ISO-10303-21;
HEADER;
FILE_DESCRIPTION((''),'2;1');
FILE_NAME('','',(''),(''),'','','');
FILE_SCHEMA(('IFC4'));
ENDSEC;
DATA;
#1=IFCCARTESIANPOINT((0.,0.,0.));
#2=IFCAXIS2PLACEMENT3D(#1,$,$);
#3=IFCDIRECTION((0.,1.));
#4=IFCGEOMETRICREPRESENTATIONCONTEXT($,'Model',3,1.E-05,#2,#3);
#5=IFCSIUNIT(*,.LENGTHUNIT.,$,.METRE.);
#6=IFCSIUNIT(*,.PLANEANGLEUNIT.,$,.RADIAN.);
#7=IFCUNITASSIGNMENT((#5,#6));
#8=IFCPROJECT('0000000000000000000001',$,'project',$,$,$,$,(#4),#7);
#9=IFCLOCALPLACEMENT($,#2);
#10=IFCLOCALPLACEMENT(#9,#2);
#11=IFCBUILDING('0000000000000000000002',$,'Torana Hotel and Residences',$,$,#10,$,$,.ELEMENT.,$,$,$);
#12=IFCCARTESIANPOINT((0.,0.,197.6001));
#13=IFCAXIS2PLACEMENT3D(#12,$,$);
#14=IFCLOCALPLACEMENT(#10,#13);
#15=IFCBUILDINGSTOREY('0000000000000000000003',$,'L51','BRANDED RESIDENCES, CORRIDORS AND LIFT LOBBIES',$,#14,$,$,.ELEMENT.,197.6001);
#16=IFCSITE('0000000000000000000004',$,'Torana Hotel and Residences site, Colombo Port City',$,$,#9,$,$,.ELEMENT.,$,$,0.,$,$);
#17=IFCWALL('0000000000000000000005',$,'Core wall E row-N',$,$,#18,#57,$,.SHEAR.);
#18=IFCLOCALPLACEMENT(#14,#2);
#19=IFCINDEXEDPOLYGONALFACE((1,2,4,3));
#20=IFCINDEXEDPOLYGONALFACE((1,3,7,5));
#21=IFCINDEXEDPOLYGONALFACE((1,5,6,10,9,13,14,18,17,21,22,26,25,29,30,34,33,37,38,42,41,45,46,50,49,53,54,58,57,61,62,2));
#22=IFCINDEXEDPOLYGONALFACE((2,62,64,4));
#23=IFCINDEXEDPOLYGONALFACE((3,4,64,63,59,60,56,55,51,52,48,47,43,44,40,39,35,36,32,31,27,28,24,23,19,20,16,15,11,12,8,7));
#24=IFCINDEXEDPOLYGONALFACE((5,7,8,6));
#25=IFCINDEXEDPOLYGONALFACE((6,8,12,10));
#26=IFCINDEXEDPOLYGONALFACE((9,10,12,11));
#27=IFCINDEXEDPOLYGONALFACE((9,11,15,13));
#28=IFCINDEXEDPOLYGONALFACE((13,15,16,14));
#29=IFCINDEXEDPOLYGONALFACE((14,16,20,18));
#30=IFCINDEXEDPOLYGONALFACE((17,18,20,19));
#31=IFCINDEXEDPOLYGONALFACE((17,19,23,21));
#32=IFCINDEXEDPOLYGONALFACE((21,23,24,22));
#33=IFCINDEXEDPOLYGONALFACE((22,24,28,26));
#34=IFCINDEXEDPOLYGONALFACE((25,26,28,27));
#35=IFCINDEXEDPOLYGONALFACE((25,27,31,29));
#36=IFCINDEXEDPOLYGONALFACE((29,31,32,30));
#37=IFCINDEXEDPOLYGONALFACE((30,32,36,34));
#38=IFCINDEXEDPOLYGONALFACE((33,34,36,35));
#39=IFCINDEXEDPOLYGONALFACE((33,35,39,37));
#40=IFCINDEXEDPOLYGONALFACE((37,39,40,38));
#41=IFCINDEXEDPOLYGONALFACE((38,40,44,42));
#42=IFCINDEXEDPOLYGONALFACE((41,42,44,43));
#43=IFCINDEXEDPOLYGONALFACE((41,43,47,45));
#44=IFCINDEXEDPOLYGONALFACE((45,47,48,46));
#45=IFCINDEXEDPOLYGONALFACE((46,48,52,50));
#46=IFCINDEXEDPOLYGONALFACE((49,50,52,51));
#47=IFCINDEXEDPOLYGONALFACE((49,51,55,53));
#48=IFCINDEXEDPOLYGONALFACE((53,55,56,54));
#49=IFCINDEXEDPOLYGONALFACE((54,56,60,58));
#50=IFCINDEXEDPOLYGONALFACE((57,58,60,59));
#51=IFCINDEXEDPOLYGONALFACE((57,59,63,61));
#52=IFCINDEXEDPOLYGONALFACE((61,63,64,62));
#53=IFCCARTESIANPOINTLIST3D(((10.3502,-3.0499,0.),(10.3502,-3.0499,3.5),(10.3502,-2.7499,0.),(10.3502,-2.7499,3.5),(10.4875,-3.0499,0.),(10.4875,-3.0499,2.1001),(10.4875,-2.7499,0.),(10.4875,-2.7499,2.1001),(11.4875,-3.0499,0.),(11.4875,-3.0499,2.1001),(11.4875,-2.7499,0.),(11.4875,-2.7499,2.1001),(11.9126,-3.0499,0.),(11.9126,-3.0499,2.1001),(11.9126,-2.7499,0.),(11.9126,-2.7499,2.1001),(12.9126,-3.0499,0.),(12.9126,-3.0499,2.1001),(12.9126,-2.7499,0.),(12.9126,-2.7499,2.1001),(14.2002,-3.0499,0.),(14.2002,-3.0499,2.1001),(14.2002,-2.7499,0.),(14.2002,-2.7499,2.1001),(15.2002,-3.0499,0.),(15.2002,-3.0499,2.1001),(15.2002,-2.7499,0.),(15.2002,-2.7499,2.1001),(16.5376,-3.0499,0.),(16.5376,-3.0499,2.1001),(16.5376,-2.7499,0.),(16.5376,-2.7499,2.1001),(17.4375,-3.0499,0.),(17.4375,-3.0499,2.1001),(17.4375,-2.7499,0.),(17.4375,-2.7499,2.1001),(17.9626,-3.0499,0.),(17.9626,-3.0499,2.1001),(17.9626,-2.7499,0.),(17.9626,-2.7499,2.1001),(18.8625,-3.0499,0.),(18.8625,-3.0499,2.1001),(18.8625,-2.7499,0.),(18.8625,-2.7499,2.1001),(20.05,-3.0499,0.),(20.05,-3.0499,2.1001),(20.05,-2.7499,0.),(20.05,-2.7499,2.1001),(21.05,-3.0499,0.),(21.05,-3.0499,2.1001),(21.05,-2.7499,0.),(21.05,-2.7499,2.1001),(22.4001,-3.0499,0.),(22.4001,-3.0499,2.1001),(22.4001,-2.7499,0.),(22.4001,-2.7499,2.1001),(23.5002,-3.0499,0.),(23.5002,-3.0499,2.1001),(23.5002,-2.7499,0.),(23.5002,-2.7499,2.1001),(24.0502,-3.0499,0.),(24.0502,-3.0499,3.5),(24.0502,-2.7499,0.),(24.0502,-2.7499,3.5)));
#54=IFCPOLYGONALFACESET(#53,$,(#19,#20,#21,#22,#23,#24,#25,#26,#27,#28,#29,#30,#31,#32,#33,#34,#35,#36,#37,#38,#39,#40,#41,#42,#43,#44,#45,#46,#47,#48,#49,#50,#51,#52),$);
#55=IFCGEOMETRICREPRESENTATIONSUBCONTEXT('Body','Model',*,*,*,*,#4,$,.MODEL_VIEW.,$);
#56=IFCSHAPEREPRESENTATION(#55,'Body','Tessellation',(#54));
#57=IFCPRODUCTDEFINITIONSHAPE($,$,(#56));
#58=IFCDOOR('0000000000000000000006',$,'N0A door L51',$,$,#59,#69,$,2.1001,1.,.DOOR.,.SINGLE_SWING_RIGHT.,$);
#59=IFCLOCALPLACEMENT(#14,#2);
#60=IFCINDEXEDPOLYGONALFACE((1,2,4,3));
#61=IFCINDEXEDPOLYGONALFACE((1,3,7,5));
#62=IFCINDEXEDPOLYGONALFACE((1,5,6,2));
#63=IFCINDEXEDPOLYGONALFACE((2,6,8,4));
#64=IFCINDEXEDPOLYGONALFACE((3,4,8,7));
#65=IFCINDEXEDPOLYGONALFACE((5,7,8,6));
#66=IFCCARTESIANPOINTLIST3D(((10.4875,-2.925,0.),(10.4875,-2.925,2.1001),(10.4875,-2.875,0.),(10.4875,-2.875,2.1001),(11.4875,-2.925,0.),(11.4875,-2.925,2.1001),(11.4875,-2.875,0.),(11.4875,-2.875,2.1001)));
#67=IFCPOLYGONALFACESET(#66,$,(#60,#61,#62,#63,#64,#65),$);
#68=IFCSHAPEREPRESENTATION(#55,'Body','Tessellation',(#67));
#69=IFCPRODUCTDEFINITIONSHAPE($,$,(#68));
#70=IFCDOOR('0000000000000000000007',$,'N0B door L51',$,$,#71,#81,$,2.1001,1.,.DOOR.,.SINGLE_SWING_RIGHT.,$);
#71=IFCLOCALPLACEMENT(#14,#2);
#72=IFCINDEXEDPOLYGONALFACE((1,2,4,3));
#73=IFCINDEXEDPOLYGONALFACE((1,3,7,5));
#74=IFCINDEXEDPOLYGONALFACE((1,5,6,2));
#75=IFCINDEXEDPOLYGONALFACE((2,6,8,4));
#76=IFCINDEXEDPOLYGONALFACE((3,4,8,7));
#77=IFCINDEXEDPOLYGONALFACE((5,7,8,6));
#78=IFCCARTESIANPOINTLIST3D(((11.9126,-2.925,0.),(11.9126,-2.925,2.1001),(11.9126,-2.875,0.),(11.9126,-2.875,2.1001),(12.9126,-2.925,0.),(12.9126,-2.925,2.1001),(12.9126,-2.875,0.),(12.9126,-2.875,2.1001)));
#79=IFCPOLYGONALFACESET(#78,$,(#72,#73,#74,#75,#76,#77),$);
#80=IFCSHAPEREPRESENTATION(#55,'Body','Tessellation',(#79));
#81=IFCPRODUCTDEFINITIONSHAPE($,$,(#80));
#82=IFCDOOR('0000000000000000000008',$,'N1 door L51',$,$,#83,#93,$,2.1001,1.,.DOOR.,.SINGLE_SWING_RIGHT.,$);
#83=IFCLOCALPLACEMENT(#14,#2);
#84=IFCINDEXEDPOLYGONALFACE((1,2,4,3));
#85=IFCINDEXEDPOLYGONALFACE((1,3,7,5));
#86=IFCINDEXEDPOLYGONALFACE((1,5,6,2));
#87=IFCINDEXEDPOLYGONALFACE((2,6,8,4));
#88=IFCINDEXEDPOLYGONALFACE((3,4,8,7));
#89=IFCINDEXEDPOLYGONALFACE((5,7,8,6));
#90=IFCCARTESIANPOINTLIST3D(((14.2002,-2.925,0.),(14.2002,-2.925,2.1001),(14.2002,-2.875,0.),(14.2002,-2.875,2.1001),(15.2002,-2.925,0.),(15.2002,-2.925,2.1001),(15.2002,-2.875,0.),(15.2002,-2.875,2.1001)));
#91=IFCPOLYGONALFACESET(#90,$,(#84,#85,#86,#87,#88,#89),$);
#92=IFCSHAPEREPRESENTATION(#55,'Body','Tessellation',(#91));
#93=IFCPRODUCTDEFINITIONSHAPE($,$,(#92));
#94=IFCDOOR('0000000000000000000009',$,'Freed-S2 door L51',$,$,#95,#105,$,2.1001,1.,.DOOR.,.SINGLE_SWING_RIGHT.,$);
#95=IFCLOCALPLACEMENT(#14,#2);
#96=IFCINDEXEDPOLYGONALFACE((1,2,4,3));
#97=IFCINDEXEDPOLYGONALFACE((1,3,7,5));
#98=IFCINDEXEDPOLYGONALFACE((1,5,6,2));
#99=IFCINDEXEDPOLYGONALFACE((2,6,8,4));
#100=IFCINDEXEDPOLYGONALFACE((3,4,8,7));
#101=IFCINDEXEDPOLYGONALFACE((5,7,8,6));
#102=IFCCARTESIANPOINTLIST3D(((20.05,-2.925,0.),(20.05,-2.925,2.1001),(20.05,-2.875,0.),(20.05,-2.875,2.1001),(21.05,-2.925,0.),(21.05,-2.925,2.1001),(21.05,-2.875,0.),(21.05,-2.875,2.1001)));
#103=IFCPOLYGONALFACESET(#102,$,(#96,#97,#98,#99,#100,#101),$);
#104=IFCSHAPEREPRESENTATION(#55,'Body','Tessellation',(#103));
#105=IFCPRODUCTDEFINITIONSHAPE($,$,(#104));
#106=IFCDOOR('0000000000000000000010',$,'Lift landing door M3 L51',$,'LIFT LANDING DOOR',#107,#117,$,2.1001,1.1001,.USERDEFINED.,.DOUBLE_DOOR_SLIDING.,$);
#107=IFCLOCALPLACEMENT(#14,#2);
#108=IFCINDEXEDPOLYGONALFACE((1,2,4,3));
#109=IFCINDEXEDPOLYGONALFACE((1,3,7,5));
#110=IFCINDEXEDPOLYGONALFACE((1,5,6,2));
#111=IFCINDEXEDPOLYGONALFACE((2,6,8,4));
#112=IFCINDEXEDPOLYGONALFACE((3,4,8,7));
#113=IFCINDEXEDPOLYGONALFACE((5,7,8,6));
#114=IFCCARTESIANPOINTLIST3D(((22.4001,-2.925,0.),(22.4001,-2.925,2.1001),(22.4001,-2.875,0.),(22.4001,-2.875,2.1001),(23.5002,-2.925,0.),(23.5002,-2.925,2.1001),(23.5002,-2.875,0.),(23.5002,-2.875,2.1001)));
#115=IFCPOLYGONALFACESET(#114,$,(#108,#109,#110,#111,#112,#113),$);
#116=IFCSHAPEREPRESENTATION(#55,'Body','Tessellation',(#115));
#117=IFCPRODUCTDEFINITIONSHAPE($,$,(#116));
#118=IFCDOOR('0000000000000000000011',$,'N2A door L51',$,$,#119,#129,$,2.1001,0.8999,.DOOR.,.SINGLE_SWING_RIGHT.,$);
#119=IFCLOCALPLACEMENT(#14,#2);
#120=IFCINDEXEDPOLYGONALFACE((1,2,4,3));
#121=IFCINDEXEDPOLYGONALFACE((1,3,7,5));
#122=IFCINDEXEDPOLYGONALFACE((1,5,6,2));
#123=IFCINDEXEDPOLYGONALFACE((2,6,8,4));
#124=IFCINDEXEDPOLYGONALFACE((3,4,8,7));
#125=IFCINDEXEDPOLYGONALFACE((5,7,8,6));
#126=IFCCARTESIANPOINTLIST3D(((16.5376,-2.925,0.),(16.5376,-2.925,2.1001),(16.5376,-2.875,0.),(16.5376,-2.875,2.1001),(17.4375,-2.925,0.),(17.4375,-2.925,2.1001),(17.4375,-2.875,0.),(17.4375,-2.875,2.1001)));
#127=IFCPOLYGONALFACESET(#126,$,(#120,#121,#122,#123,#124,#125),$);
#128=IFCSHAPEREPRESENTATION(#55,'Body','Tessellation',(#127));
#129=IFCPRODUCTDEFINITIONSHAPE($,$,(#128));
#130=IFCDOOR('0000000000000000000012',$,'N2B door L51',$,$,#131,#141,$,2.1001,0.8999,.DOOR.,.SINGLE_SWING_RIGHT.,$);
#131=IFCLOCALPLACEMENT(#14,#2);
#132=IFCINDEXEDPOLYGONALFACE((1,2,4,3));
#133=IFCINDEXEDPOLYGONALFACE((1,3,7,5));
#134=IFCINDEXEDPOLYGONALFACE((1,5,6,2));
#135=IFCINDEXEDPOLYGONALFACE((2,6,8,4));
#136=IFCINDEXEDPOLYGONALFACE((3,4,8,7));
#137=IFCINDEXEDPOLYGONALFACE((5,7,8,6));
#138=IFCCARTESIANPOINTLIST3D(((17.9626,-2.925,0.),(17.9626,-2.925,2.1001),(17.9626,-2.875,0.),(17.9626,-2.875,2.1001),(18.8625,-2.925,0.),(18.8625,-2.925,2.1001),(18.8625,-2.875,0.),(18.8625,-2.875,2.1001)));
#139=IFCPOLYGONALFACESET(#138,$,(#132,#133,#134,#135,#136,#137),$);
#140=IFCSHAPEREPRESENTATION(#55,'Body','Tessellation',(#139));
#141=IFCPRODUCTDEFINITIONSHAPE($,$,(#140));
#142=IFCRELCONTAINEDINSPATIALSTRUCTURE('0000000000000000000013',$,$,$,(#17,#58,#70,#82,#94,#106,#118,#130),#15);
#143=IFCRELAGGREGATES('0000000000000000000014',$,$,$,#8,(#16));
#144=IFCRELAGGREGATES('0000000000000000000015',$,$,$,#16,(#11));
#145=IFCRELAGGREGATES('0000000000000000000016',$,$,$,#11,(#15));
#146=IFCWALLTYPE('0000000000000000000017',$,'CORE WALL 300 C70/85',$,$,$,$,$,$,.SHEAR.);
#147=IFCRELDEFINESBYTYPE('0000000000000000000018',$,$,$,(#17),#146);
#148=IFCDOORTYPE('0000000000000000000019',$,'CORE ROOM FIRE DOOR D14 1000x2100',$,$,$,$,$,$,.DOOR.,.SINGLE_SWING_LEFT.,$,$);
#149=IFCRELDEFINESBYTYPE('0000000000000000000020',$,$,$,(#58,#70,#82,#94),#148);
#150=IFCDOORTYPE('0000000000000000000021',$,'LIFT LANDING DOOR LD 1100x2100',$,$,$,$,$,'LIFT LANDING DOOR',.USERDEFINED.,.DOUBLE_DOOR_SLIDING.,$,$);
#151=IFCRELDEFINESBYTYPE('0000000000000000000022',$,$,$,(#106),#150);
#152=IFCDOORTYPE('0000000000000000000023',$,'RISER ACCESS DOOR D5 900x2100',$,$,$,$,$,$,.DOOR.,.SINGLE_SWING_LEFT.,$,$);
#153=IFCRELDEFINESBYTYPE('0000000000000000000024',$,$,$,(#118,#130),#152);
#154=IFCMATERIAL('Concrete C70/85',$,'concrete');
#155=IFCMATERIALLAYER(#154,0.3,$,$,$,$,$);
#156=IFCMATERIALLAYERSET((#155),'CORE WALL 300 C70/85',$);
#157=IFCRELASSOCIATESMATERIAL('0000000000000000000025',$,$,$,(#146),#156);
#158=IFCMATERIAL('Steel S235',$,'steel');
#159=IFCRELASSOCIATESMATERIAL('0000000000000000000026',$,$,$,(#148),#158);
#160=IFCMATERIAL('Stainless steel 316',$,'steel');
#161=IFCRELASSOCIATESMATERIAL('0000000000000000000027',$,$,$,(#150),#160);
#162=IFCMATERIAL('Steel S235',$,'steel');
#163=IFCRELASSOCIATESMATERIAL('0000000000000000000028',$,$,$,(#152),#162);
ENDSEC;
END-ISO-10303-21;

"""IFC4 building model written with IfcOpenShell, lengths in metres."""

from ifc_helpers import new_model, si_unit, direction, frame, frame_2d, origin, place, context, subcontext, project, spatial, rectangle, extrude, material, layer, layer_set, type_object, element, fill, save


model = new_model("IFC4")

# Units and contexts
model_context = context("Model", 3, precision=1e-05, world=origin(), true_north=direction((0.0, 1.0)))
body_context = subcontext(model_context, "Body", "Model", "MODEL_VIEW")
ifc_project = project(units=[si_unit("LENGTHUNIT", "METRE"), si_unit("PLANEANGLEUNIT", "RADIAN")], contexts=[model_context])

# Site, building, storey
site_placement = place(None, origin())
site = spatial("IfcSite", under=ifc_project, at=site_placement, Name="Torana Hotel and Residences site, Colombo Port City", CompositionType="ELEMENT", RefElevation=0.0)
building_placement = place(site_placement, origin())
building = spatial("IfcBuilding", under=site, at=building_placement, Name="Torana Hotel and Residences", CompositionType="ELEMENT")
storey_placement = place(building_placement, frame((0.0, 0.0, 197.6001)))
storey = spatial("IfcBuildingStorey", under=building, at=storey_placement, Name="L51", Description="BRANDED RESIDENCES, CORRIDORS AND LIFT LOBBIES", CompositionType="ELEMENT", Elevation=197.6001)

# Wall, openings, doors
ifc_material_1 = material(Name="Concrete C70/85", Category="concrete")
ifc_layer_1 = layer(ifc_material_1, 0.3)
ifc_layer_set_1 = layer_set([ifc_layer_1], Name="CORE WALL 300 C70/85")
wall_type_1 = type_object("IfcWallType", Name="CORE WALL 300 C70/85", PredefinedType="SHEAR", material=ifc_layer_set_1)
wall_1_placement = place(storey_placement, frame((10.3501, -2.8999, 0.0), z_axis=(0.0, 0.0, 1.0), x_axis=(1.0, 0.0, 0.0)))
wall_1 = element("IfcWall", 1, at=wall_1_placement, inside=storey, type_object=wall_type_1, Name="Core wall E row-N", PredefinedType="SHEAR", context=body_context, shape_type="SweptSolid", body=[
    extrude(rectangle(XDim=13.7, YDim=0.3, at=frame_2d((6.8501, 0.0))), origin(), (0.0, 0.0, 1.0), 3.5),
])
opening_1_placement = place(wall_1_placement, frame((12.05, 0.0, 0.0)))
opening_1 = element("IfcOpeningElement", 2, at=opening_1_placement, cuts=wall_1, PredefinedType="OPENING", context=body_context, shape_type="SweptSolid", body=[
    extrude(rectangle(XDim=1.1001, YDim=2.1001, at=frame_2d((0.55, 1.05))), frame((0.0, 0.1599, 0.0), z_axis=(0.0, -1.0, 0.0), x_axis=(1.0, 0.0, 0.0)), (0.0, 0.0, 1.0), 0.3201),
])
opening_2_placement = place(wall_1_placement, frame((6.1875, 0.0, 0.0)))
opening_2 = element("IfcOpeningElement", 3, at=opening_2_placement, cuts=wall_1, PredefinedType="OPENING", context=body_context, shape_type="SweptSolid", body=[
    extrude(rectangle(XDim=0.8999, YDim=2.1001, at=frame_2d((0.45, 1.05))), frame((0.0, 0.1599, 0.0), z_axis=(0.0, -1.0, 0.0), x_axis=(1.0, 0.0, 0.0)), (0.0, 0.0, 1.0), 0.3201),
])
opening_3_placement = place(wall_1_placement, frame((7.6125, 0.0, 0.0)))
opening_3 = element("IfcOpeningElement", 4, at=opening_3_placement, cuts=wall_1, PredefinedType="OPENING", context=body_context, shape_type="SweptSolid", body=[
    extrude(rectangle(XDim=0.8999, YDim=2.1001, at=frame_2d((0.45, 1.05))), frame((0.0, 0.1599, 0.0), z_axis=(0.0, -1.0, 0.0), x_axis=(1.0, 0.0, 0.0)), (0.0, 0.0, 1.0), 0.3201),
])
opening_4_placement = place(wall_1_placement, frame((0.1375, 0.0, 0.0)))
opening_4 = element("IfcOpeningElement", 5, at=opening_4_placement, cuts=wall_1, PredefinedType="OPENING", context=body_context, shape_type="SweptSolid", body=[
    extrude(rectangle(XDim=1.0, YDim=2.1001, at=frame_2d((0.5, 1.05))), frame((0.0, 0.1599, 0.0), z_axis=(0.0, -1.0, 0.0), x_axis=(1.0, 0.0, 0.0)), (0.0, 0.0, 1.0), 0.3201),
])
opening_5_placement = place(wall_1_placement, frame((1.5625, 0.0, 0.0)))
opening_5 = element("IfcOpeningElement", 6, at=opening_5_placement, cuts=wall_1, PredefinedType="OPENING", context=body_context, shape_type="SweptSolid", body=[
    extrude(rectangle(XDim=1.0, YDim=2.1001, at=frame_2d((0.5, 1.05))), frame((0.0, 0.1599, 0.0), z_axis=(0.0, -1.0, 0.0), x_axis=(1.0, 0.0, 0.0)), (0.0, 0.0, 1.0), 0.3201),
])
opening_6_placement = place(wall_1_placement, frame((3.8501, 0.0, 0.0)))
opening_6 = element("IfcOpeningElement", 7, at=opening_6_placement, cuts=wall_1, PredefinedType="OPENING", context=body_context, shape_type="SweptSolid", body=[
    extrude(rectangle(XDim=1.0, YDim=2.1001, at=frame_2d((0.5, 1.05))), frame((0.0, 0.1599, 0.0), z_axis=(0.0, -1.0, 0.0), x_axis=(1.0, 0.0, 0.0)), (0.0, 0.0, 1.0), 0.3201),
])
opening_7_placement = place(wall_1_placement, frame((9.7, 0.0, 0.0)))
opening_7 = element("IfcOpeningElement", 8, at=opening_7_placement, cuts=wall_1, PredefinedType="OPENING", context=body_context, shape_type="SweptSolid", body=[
    extrude(rectangle(XDim=1.0, YDim=2.1001, at=frame_2d((0.5, 1.05))), frame((0.0, 0.1599, 0.0), z_axis=(0.0, -1.0, 0.0), x_axis=(1.0, 0.0, 0.0)), (0.0, 0.0, 1.0), 0.3201),
])
ifc_material_2 = material(Name="Steel S235", Category="steel")
door_type_1 = type_object("IfcDoorType", Name="CORE ROOM FIRE DOOR D14 1000x2100", OperationType="SINGLE_SWING_LEFT", PredefinedType="DOOR", material=ifc_material_2)
door_1_placement = place(opening_4_placement, origin())
door_1 = element("IfcDoor", 9, at=door_1_placement, inside=storey, type_object=door_type_1, Name="N0A door L51", OperationType="SINGLE_SWING_RIGHT", OverallHeight=2.1001, OverallWidth=1.0, PredefinedType="DOOR", context=body_context, shape_type="SweptSolid", body=[
    extrude(rectangle(XDim=1.0, YDim=2.1001, at=frame_2d((0.5, 1.05))), frame((0.0, 0.0249, 0.0), z_axis=(0.0, -1.0, 0.0), x_axis=(1.0, 0.0, 0.0)), (0.0, 0.0, 1.0), 0.05),
])
fill(opening_4, door_1)
door_2_placement = place(opening_5_placement, origin())
door_2 = element("IfcDoor", 10, at=door_2_placement, inside=storey, type_object=door_type_1, Name="N0B door L51", OperationType="SINGLE_SWING_RIGHT", OverallHeight=2.1001, OverallWidth=1.0, PredefinedType="DOOR", context=body_context, shape_type="SweptSolid", body=[
    extrude(rectangle(XDim=1.0, YDim=2.1001, at=frame_2d((0.5, 1.05))), frame((0.0, 0.0249, 0.0), z_axis=(0.0, -1.0, 0.0), x_axis=(1.0, 0.0, 0.0)), (0.0, 0.0, 1.0), 0.05),
])
fill(opening_5, door_2)
door_3_placement = place(opening_6_placement, origin())
door_3 = element("IfcDoor", 11, at=door_3_placement, inside=storey, type_object=door_type_1, Name="N1 door L51", OperationType="SINGLE_SWING_RIGHT", OverallHeight=2.1001, OverallWidth=1.0, PredefinedType="DOOR", context=body_context, shape_type="SweptSolid", body=[
    extrude(rectangle(XDim=1.0, YDim=2.1001, at=frame_2d((0.5, 1.05))), frame((0.0, 0.0249, 0.0), z_axis=(0.0, -1.0, 0.0), x_axis=(1.0, 0.0, 0.0)), (0.0, 0.0, 1.0), 0.05),
])
fill(opening_6, door_3)
door_4_placement = place(opening_7_placement, origin())
door_4 = element("IfcDoor", 12, at=door_4_placement, inside=storey, type_object=door_type_1, Name="Freed-S2 door L51", OperationType="SINGLE_SWING_RIGHT", OverallHeight=2.1001, OverallWidth=1.0, PredefinedType="DOOR", context=body_context, shape_type="SweptSolid", body=[
    extrude(rectangle(XDim=1.0, YDim=2.1001, at=frame_2d((0.5, 1.05))), frame((0.0, 0.0249, 0.0), z_axis=(0.0, -1.0, 0.0), x_axis=(1.0, 0.0, 0.0)), (0.0, 0.0, 1.0), 0.05),
])
fill(opening_7, door_4)
ifc_material_3 = material(Name="Stainless steel 316", Category="steel")
door_type_2 = type_object("IfcDoorType", Name="LIFT LANDING DOOR LD 1100x2100", ElementType="LIFT LANDING DOOR", OperationType="DOUBLE_DOOR_SLIDING", PredefinedType="USERDEFINED", material=ifc_material_3)
door_5_placement = place(opening_1_placement, origin())
door_5 = element("IfcDoor", 13, at=door_5_placement, inside=storey, type_object=door_type_2, Name="Lift landing door M3 L51", ObjectType="LIFT LANDING DOOR", OperationType="DOUBLE_DOOR_SLIDING", OverallHeight=2.1001, OverallWidth=1.1001, PredefinedType="USERDEFINED", context=body_context, shape_type="SweptSolid", body=[
    extrude(rectangle(XDim=1.1001, YDim=2.1001, at=frame_2d((0.55, 1.05))), frame((0.0, 0.0249, 0.0), z_axis=(0.0, -1.0, 0.0), x_axis=(1.0, 0.0, 0.0)), (0.0, 0.0, 1.0), 0.05),
])
fill(opening_1, door_5)
ifc_material_4 = material(Name="Steel S235", Category="steel")
door_type_3 = type_object("IfcDoorType", Name="RISER ACCESS DOOR D5 900x2100", OperationType="SINGLE_SWING_LEFT", PredefinedType="DOOR", material=ifc_material_4)
door_6_placement = place(opening_2_placement, origin())
door_6 = element("IfcDoor", 14, at=door_6_placement, inside=storey, type_object=door_type_3, Name="N2A door L51", OperationType="SINGLE_SWING_RIGHT", OverallHeight=2.1001, OverallWidth=0.8999, PredefinedType="DOOR", context=body_context, shape_type="SweptSolid", body=[
    extrude(rectangle(XDim=0.8999, YDim=2.1001, at=frame_2d((0.45, 1.05))), frame((0.0, 0.0249, 0.0), z_axis=(0.0, -1.0, 0.0), x_axis=(1.0, 0.0, 0.0)), (0.0, 0.0, 1.0), 0.05),
])
fill(opening_2, door_6)
door_7_placement = place(opening_3_placement, origin())
door_7 = element("IfcDoor", 15, at=door_7_placement, inside=storey, type_object=door_type_3, Name="N2B door L51", OperationType="SINGLE_SWING_RIGHT", OverallHeight=2.1001, OverallWidth=0.8999, PredefinedType="DOOR", context=body_context, shape_type="SweptSolid", body=[
    extrude(rectangle(XDim=0.8999, YDim=2.1001, at=frame_2d((0.45, 1.05))), frame((0.0, 0.0249, 0.0), z_axis=(0.0, -1.0, 0.0), x_axis=(1.0, 0.0, 0.0)), (0.0, 0.0, 1.0), 0.05),
])
fill(opening_3, door_7)

save(model, "model.ifc")
